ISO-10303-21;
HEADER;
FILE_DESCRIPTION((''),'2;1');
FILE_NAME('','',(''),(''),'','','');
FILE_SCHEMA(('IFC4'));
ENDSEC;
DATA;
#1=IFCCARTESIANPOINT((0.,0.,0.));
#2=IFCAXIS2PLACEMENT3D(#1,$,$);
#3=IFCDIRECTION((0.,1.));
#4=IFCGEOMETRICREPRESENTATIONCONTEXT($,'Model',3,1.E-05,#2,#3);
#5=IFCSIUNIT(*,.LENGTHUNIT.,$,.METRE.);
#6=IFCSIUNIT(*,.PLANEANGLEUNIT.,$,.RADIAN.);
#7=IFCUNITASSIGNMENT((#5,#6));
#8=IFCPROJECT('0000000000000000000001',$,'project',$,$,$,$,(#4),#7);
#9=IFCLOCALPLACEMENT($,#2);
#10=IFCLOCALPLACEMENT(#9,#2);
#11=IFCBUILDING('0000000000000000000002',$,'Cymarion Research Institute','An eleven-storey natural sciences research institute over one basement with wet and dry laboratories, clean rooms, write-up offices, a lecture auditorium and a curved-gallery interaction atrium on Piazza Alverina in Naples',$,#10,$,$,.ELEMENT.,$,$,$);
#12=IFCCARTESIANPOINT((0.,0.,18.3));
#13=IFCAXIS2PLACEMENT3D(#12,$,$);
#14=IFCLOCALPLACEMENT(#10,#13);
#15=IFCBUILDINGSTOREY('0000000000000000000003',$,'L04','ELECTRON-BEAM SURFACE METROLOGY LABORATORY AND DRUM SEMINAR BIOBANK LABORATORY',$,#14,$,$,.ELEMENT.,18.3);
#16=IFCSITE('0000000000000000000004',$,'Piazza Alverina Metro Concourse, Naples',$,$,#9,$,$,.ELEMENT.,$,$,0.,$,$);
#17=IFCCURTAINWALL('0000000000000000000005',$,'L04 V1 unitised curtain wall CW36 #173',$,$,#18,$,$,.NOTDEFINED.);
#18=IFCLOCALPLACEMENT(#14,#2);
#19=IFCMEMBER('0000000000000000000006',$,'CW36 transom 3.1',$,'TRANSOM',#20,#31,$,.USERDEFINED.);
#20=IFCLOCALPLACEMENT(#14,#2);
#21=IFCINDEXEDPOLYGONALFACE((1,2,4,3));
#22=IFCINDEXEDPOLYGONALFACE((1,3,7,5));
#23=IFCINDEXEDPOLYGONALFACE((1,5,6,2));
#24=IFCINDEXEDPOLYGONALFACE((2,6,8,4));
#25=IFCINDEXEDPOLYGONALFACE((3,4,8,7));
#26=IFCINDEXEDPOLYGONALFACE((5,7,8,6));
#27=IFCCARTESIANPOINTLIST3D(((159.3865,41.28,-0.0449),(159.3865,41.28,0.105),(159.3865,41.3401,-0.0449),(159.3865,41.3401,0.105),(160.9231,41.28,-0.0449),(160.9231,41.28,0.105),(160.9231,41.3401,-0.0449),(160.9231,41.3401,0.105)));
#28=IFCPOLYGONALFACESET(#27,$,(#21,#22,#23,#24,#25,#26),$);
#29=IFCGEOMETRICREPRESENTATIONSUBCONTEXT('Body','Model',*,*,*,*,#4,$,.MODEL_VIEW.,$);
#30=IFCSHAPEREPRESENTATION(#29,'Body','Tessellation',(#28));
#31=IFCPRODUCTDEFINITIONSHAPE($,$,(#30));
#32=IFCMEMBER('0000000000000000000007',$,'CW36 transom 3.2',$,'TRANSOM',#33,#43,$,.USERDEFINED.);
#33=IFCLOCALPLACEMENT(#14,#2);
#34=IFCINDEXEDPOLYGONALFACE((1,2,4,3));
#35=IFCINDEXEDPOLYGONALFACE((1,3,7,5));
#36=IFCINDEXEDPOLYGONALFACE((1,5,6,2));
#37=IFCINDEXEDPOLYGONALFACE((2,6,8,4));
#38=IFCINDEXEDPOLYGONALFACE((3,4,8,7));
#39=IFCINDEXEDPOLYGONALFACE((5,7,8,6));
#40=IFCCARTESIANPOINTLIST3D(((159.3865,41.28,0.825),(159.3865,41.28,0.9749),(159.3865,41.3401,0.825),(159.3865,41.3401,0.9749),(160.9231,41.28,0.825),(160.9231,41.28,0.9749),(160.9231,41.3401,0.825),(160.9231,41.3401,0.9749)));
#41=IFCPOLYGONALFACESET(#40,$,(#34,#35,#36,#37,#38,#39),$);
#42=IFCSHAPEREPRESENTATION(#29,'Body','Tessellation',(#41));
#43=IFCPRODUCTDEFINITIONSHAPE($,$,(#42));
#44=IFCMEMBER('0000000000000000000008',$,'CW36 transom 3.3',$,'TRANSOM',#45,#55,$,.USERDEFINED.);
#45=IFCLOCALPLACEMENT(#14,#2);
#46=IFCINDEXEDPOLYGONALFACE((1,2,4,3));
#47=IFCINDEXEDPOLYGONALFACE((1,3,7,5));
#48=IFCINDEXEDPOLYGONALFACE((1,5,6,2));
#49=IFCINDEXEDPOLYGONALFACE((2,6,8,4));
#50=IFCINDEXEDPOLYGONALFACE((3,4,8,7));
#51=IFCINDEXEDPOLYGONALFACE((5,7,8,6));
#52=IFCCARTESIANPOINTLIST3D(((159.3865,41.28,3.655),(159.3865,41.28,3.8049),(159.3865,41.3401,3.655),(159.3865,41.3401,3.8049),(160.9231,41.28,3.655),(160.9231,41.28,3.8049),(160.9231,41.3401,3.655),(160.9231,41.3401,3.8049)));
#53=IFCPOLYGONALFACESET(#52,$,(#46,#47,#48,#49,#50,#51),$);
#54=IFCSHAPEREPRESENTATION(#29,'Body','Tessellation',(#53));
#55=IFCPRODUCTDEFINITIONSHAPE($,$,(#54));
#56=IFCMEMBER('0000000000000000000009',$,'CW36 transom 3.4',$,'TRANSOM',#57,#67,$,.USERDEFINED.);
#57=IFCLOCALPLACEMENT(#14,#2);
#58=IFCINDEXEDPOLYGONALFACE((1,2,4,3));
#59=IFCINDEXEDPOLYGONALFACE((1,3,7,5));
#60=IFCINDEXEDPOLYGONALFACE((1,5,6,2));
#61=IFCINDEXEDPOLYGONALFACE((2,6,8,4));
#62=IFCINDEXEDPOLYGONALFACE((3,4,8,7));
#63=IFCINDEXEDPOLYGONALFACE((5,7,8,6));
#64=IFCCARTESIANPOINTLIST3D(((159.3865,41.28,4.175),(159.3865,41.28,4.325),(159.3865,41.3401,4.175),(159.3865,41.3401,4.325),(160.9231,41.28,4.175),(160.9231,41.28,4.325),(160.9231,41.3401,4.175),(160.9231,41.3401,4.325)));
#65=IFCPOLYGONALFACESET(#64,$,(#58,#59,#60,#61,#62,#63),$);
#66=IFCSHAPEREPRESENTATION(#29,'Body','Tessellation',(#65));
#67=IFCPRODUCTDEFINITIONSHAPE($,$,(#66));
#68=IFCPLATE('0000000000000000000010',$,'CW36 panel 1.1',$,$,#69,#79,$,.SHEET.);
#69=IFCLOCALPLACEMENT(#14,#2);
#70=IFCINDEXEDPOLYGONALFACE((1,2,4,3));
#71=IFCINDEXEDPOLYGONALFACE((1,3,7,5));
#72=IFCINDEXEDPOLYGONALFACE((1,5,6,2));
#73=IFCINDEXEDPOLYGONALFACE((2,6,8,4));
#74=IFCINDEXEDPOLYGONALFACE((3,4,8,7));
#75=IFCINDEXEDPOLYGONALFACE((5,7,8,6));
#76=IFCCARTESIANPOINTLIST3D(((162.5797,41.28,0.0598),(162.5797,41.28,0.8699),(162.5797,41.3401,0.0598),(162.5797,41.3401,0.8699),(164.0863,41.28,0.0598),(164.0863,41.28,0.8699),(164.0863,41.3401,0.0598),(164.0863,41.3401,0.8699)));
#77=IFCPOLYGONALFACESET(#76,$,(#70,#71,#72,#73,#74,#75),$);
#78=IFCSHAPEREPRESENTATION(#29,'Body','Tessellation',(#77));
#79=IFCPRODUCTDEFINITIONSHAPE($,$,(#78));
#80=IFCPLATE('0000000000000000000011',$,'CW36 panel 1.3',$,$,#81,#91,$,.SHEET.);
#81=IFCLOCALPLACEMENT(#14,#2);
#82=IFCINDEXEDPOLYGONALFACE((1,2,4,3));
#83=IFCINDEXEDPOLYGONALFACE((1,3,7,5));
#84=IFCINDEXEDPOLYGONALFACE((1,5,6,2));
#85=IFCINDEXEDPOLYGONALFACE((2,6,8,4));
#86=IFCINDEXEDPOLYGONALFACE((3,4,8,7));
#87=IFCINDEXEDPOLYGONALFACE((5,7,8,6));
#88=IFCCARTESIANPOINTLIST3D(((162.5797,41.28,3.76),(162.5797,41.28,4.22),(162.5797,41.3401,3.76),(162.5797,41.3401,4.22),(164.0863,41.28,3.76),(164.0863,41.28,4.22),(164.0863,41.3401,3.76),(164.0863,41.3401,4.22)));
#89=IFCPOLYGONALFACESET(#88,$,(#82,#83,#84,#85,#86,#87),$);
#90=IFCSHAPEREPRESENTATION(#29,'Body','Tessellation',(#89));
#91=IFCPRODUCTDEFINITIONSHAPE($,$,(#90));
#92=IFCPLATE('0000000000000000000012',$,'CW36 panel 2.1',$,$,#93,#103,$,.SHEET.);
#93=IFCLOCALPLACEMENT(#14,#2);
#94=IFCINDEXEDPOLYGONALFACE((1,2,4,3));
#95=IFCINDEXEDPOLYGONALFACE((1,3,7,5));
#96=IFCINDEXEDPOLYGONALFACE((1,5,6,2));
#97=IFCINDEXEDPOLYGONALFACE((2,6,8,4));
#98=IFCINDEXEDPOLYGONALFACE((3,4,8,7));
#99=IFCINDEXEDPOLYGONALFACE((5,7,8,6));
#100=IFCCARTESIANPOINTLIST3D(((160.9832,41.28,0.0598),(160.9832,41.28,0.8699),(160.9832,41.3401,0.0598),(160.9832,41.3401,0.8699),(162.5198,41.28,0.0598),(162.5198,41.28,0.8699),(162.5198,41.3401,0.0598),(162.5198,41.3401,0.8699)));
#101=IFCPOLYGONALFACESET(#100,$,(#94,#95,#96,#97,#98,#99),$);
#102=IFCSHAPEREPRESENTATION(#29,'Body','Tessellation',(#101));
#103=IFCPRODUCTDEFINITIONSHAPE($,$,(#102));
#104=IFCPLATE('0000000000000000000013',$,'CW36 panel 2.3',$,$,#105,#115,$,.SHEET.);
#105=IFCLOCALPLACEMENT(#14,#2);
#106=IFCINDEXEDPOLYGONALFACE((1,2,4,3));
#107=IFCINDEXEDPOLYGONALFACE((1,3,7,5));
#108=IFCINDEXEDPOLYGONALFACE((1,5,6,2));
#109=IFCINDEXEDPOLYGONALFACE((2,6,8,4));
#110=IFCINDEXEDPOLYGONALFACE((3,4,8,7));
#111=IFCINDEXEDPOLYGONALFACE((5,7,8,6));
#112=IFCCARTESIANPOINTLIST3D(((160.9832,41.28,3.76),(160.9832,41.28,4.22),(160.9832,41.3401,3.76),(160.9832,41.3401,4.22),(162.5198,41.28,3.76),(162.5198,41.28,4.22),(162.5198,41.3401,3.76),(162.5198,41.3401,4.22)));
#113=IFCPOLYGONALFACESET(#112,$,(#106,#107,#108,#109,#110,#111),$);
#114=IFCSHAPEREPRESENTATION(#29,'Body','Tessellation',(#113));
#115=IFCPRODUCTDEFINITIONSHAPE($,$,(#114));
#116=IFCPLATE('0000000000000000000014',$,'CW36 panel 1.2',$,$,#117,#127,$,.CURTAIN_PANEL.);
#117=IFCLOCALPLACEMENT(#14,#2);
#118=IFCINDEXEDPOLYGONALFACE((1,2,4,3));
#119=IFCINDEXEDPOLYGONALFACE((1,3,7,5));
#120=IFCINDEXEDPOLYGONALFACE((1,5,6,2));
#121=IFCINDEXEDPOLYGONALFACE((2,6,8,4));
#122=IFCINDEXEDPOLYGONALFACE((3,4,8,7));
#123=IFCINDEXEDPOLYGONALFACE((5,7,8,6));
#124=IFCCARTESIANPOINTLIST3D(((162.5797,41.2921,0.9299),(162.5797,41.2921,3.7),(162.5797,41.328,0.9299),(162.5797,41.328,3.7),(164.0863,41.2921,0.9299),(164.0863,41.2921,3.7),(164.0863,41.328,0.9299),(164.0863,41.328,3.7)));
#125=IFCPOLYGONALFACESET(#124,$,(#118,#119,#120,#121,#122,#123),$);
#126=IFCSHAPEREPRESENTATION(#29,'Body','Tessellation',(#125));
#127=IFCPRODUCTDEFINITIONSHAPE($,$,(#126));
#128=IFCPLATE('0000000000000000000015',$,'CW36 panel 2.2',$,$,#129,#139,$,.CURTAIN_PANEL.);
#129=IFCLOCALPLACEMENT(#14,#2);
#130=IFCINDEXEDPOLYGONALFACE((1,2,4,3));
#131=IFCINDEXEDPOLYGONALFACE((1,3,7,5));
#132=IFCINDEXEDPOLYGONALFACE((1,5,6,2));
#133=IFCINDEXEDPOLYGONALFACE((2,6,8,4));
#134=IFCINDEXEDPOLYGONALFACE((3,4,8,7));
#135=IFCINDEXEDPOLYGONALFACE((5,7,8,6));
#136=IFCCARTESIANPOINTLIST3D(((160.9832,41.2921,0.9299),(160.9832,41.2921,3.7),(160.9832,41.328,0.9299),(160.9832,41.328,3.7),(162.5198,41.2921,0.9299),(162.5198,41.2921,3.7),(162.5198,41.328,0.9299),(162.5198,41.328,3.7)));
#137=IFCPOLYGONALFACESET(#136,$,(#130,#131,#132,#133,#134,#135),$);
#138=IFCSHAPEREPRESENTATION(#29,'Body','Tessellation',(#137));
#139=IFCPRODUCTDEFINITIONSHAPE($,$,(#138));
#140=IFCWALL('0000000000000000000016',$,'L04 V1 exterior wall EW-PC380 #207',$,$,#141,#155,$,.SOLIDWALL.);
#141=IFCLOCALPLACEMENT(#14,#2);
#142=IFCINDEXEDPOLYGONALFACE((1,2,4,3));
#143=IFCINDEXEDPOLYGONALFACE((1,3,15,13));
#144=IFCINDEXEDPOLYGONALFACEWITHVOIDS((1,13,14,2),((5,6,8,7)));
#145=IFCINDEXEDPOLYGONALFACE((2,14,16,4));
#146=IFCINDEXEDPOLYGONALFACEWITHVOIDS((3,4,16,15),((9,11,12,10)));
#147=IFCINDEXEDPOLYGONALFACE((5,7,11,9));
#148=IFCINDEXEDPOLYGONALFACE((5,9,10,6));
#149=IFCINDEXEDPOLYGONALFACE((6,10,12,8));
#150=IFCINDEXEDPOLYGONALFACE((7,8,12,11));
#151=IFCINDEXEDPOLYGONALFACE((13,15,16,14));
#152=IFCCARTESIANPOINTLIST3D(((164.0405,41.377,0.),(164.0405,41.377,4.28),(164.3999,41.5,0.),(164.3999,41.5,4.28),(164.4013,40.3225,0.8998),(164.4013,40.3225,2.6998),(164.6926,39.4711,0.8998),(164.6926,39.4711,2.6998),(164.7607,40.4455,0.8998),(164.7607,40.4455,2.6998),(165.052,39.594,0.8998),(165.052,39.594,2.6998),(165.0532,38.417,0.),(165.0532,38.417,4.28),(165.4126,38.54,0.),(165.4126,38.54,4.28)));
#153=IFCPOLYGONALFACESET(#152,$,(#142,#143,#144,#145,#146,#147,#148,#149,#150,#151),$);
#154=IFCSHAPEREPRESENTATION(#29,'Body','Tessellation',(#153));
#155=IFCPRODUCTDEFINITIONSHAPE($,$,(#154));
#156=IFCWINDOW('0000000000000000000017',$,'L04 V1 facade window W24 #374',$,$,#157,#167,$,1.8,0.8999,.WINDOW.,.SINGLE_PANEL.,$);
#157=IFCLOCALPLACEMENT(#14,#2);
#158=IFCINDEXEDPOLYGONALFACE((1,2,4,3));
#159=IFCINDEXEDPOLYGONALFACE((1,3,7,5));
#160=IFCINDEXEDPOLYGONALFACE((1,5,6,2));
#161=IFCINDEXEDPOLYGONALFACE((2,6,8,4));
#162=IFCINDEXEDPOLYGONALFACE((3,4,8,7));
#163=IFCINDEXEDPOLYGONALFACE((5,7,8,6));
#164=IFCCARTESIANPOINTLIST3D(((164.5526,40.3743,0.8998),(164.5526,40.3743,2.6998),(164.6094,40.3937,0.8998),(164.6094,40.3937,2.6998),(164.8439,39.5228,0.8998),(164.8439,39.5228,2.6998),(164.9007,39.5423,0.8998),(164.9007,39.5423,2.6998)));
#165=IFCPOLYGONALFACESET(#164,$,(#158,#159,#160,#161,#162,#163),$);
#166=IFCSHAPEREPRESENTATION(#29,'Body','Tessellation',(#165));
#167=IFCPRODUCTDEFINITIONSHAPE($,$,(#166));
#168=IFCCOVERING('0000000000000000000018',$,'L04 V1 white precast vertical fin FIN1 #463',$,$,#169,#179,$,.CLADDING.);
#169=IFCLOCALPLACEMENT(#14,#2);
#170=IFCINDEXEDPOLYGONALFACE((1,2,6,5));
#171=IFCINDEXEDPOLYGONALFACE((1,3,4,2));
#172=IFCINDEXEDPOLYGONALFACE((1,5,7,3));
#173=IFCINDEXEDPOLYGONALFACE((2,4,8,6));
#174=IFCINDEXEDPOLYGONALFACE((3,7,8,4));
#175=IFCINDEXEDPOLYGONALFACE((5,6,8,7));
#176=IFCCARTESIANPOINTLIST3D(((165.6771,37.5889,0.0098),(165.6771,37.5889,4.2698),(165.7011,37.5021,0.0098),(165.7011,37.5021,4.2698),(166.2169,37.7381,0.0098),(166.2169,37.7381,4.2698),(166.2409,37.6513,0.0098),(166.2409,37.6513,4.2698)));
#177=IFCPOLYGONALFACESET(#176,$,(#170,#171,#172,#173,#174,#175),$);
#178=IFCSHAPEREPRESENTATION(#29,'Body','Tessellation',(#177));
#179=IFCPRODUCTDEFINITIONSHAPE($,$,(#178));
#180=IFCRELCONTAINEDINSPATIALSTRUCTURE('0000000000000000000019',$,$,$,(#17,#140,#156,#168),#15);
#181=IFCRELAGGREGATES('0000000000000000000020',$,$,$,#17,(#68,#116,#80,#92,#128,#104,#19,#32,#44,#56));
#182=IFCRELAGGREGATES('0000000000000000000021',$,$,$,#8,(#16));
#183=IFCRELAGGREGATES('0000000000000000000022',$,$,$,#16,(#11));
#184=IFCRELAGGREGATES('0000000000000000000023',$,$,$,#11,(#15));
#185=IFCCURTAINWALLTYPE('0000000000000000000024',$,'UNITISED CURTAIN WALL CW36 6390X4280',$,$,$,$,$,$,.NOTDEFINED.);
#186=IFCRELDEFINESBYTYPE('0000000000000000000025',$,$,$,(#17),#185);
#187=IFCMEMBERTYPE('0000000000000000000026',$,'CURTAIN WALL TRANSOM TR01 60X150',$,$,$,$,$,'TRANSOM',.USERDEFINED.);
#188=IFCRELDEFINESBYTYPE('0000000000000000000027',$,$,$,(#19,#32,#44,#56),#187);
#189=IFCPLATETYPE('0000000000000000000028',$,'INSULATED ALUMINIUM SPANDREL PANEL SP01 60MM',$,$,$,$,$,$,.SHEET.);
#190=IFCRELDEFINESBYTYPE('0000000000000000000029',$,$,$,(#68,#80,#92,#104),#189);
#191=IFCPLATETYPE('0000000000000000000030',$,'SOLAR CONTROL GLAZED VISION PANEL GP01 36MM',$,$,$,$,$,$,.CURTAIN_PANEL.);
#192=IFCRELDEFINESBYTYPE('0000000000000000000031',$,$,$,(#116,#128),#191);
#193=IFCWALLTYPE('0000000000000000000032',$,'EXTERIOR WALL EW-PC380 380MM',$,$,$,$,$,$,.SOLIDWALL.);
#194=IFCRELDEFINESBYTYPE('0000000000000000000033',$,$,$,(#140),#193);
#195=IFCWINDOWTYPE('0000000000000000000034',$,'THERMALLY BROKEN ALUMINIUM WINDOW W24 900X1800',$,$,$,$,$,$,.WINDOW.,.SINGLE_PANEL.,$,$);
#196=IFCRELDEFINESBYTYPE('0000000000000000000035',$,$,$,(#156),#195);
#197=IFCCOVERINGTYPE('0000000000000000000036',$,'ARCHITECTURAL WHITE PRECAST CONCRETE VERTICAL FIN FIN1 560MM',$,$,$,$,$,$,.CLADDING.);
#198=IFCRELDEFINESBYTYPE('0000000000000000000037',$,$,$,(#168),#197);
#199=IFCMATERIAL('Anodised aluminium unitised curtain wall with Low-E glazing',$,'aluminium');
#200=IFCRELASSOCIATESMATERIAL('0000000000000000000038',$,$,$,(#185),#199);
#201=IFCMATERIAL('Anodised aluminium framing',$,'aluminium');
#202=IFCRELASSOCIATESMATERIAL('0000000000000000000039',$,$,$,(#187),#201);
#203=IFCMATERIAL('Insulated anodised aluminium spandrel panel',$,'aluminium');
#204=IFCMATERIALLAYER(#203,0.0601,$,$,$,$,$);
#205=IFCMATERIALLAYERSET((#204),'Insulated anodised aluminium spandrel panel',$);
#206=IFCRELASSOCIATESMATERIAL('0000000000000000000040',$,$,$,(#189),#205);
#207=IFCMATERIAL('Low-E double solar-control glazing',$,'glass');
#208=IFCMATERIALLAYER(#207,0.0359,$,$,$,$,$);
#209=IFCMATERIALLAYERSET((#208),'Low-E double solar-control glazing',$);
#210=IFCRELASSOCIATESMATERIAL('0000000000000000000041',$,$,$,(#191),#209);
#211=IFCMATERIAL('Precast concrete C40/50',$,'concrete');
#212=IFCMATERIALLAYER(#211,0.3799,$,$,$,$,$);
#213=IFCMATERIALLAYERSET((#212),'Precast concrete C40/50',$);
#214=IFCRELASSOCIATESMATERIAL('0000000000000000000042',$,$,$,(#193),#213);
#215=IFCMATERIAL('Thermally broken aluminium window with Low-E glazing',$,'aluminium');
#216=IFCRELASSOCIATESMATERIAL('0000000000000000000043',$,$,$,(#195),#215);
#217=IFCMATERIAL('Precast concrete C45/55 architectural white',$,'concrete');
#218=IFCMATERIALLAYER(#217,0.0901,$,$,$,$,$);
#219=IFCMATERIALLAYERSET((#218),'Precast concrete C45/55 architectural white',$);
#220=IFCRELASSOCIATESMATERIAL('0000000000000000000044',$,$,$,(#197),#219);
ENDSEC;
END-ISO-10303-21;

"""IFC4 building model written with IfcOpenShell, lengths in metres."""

from ifc_helpers import new_model, si_unit, direction, frame, frame_2d, origin, origin_2d, place, context, subcontext, project, spatial, rectangle, extrude, material, layer, layer_set, material_profile, profile_set, type_object, element, fill, aggregate, save


model = new_model("IFC4")

# Units and contexts
model_context = context("Model", 3, precision=1e-05, world=origin(), true_north=direction((0.0, 1.0)))
body_context = subcontext(model_context, "Body", "Model", "MODEL_VIEW")
ifc_project = project(units=[si_unit("LENGTHUNIT", "METRE"), si_unit("PLANEANGLEUNIT", "RADIAN")], contexts=[model_context])

# Site, building, storey
site_placement = place(None, origin())
site = spatial("IfcSite", under=ifc_project, at=site_placement, Name="Piazza Alverina Metro Concourse, Naples", CompositionType="ELEMENT", RefElevation=0.0)
building_placement = place(site_placement, origin())
building = spatial("IfcBuilding", under=site, at=building_placement, Name="Cymarion Research Institute", Description="An eleven-storey natural sciences research institute over one basement with wet and dry laboratories, clean rooms, write-up offices, a lecture auditorium and a curved-gallery interaction atrium on Piazza Alverina in Naples", CompositionType="ELEMENT")
storey_placement = place(building_placement, frame((0.0, 0.0, 18.3)))
storey = spatial("IfcBuildingStorey", under=building, at=storey_placement, Name="L04", Description="ELECTRON-BEAM SURFACE METROLOGY LABORATORY AND DRUM SEMINAR BIOBANK LABORATORY", CompositionType="ELEMENT", Elevation=18.3)

# Curtain wall, members, plates
ifc_material_1 = material(Name="Anodised aluminium unitised curtain wall with Low-E glazing", Category="aluminium")
curtain_wall_type = type_object("IfcCurtainWallType", Name="UNITISED CURTAIN WALL CW36 6390X4280", PredefinedType="NOTDEFINED", material=ifc_material_1)
curtain_wall_placement = place(storey_placement, origin())
curtain_wall = element("IfcCurtainWall", 1, at=curtain_wall_placement, inside=storey, type_object=curtain_wall_type, Name="L04 V1 unitised curtain wall CW36 #173", PredefinedType="NOTDEFINED")
ifc_material_2 = material(Name="Anodised aluminium framing", Category="aluminium")
ifc_material_profile_1 = material_profile(ifc_material_2, rectangle(XDim=0.0601, YDim=0.1499, at=origin_2d()), Name="ALU TRANSOM 60x150")
ifc_profile_set_1 = profile_set([ifc_material_profile_1], Name="Anodised aluminium framing")
member_type_1 = type_object("IfcMemberType", Name="CURTAIN WALL TRANSOM TR01 60X150", ElementType="TRANSOM", PredefinedType="USERDEFINED", material=ifc_profile_set_1)
member_1_placement = place(storey_placement, frame((160.9231, 41.3101, 0.03), z_axis=(-1.0, 0.0, 0.0), x_axis=(0.0, -1.0, 0.0)))
member_1 = element("IfcMember", 2, at=member_1_placement, type_object=member_type_1, Name="CW36 transom 3.1", ObjectType="TRANSOM", PredefinedType="USERDEFINED", context=body_context, shape_type="SweptSolid", body=[
    extrude(rectangle(XDim=0.0601, YDim=0.1499, at=origin_2d()), origin(), (0.0, 0.0, 1.0), 1.5366),
])
member_2_placement = place(storey_placement, frame((160.9231, 41.3101, 0.8999), z_axis=(-1.0, 0.0, 0.0), x_axis=(0.0, -1.0, 0.0)))
member_2 = element("IfcMember", 3, at=member_2_placement, type_object=member_type_1, Name="CW36 transom 3.2", ObjectType="TRANSOM", PredefinedType="USERDEFINED", context=body_context, shape_type="SweptSolid", body=[
    extrude(rectangle(XDim=0.0601, YDim=0.1499, at=origin_2d()), origin(), (0.0, 0.0, 1.0), 1.5366),
])
member_3_placement = place(storey_placement, frame((160.9231, 41.3101, 3.73), z_axis=(-1.0, 0.0, 0.0), x_axis=(0.0, -1.0, 0.0)))
member_3 = element("IfcMember", 4, at=member_3_placement, type_object=member_type_1, Name="CW36 transom 3.3", ObjectType="TRANSOM", PredefinedType="USERDEFINED", context=body_context, shape_type="SweptSolid", body=[
    extrude(rectangle(XDim=0.0601, YDim=0.1499, at=origin_2d()), origin(), (0.0, 0.0, 1.0), 1.5366),
])
member_4_placement = place(storey_placement, frame((160.9231, 41.3101, 4.25), z_axis=(-1.0, 0.0, 0.0), x_axis=(0.0, -1.0, 0.0)))
member_4 = element("IfcMember", 5, at=member_4_placement, type_object=member_type_1, Name="CW36 transom 3.4", ObjectType="TRANSOM", PredefinedType="USERDEFINED", context=body_context, shape_type="SweptSolid", body=[
    extrude(rectangle(XDim=0.0601, YDim=0.1499, at=origin_2d()), origin(), (0.0, 0.0, 1.0), 1.5366),
])
ifc_material_3 = material(Name="Insulated anodised aluminium spandrel panel", Category="aluminium")
ifc_layer_1 = layer(ifc_material_3, 0.0601)
ifc_layer_set_1 = layer_set([ifc_layer_1], Name="Insulated anodised aluminium spandrel panel")
plate_type_1 = type_object("IfcPlateType", Name="INSULATED ALUMINIUM SPANDREL PANEL SP01 60MM", PredefinedType="SHEET", material=ifc_layer_set_1)
plate_1_placement = place(storey_placement, frame((163.333, 41.3101, 0.0598), z_axis=(0.0, 0.0, 1.0), x_axis=(-1.0, 0.0, 0.0)))
plate_1 = element("IfcPlate", 6, at=plate_1_placement, type_object=plate_type_1, Name="CW36 panel 1.1", PredefinedType="SHEET", context=body_context, shape_type="SweptSolid", body=[
    extrude(rectangle(XDim=1.5066, YDim=0.0601, at=origin_2d()), origin(), (0.0, 0.0, 1.0), 0.8101),
])
plate_2_placement = place(storey_placement, frame((163.333, 41.3101, 3.76), z_axis=(0.0, 0.0, 1.0), x_axis=(-1.0, 0.0, 0.0)))
plate_2 = element("IfcPlate", 7, at=plate_2_placement, type_object=plate_type_1, Name="CW36 panel 1.3", PredefinedType="SHEET", context=body_context, shape_type="SweptSolid", body=[
    extrude(rectangle(XDim=1.5066, YDim=0.0601, at=origin_2d()), origin(), (0.0, 0.0, 1.0), 0.46),
])
plate_3_placement = place(storey_placement, frame((161.7515, 41.3101, 0.0598), z_axis=(0.0, 0.0, 1.0), x_axis=(-1.0, 0.0, 0.0)))
plate_3 = element("IfcPlate", 8, at=plate_3_placement, type_object=plate_type_1, Name="CW36 panel 2.1", PredefinedType="SHEET", context=body_context, shape_type="SweptSolid", body=[
    extrude(rectangle(XDim=1.5366, YDim=0.0601, at=origin_2d()), origin(), (0.0, 0.0, 1.0), 0.8101),
])
plate_4_placement = place(storey_placement, frame((161.7515, 41.3101, 3.76), z_axis=(0.0, 0.0, 1.0), x_axis=(-1.0, 0.0, 0.0)))
plate_4 = element("IfcPlate", 9, at=plate_4_placement, type_object=plate_type_1, Name="CW36 panel 2.3", PredefinedType="SHEET", context=body_context, shape_type="SweptSolid", body=[
    extrude(rectangle(XDim=1.5366, YDim=0.0601, at=origin_2d()), origin(), (0.0, 0.0, 1.0), 0.46),
])
ifc_material_4 = material(Name="Low-E double solar-control glazing", Category="glass")
ifc_layer_2 = layer(ifc_material_4, 0.0359)
ifc_layer_set_2 = layer_set([ifc_layer_2], Name="Low-E double solar-control glazing")
plate_type_2 = type_object("IfcPlateType", Name="SOLAR CONTROL GLAZED VISION PANEL GP01 36MM", PredefinedType="CURTAIN_PANEL", material=ifc_layer_set_2)
plate_5_placement = place(storey_placement, frame((163.333, 41.3101, 0.9299), z_axis=(0.0, 0.0, 1.0), x_axis=(-1.0, 0.0, 0.0)))
plate_5 = element("IfcPlate", 10, at=plate_5_placement, type_object=plate_type_2, Name="CW36 panel 1.2", PredefinedType="CURTAIN_PANEL", context=body_context, shape_type="SweptSolid", body=[
    extrude(rectangle(XDim=1.5066, YDim=0.0359, at=origin_2d()), origin(), (0.0, 0.0, 1.0), 2.77),
])
plate_6_placement = place(storey_placement, frame((161.7515, 41.3101, 0.9299), z_axis=(0.0, 0.0, 1.0), x_axis=(-1.0, 0.0, 0.0)))
plate_6 = element("IfcPlate", 11, at=plate_6_placement, type_object=plate_type_2, Name="CW36 panel 2.2", PredefinedType="CURTAIN_PANEL", context=body_context, shape_type="SweptSolid", body=[
    extrude(rectangle(XDim=1.5366, YDim=0.0359, at=origin_2d()), origin(), (0.0, 0.0, 1.0), 2.77),
])
aggregate(curtain_wall, [plate_1, plate_5, plate_2, plate_3, plate_6, plate_4, member_1, member_2, member_3, member_4])

# Wall, opening, window
ifc_material_5 = material(Name="Precast concrete C40/50", Category="concrete")
ifc_layer_3 = layer(ifc_material_5, 0.3799)
ifc_layer_set_3 = layer_set([ifc_layer_3], Name="Precast concrete C40/50")
wall_type = type_object("IfcWallType", Name="EXTERIOR WALL EW-PC380 380MM", PredefinedType="SOLIDWALL", material=ifc_layer_set_3)
wall_placement = place(storey_placement, frame((165.2329, 38.4785, 0.0), z_axis=(0.0, 0.0, 1.0), x_axis=(-0.32371, 0.946156, 0.0)))
wall = element("IfcWall", 12, at=wall_placement, inside=storey, type_object=wall_type, Name="L04 V1 exterior wall EW-PC380 #207", PredefinedType="SOLIDWALL", context=body_context, shape_type="SweptSolid", body=[
    extrude(rectangle(XDim=3.1284, YDim=0.3799, at=frame_2d((1.5642, 0.0))), origin(), (0.0, 0.0, 1.0), 4.28),
])
opening_placement = place(wall_placement, frame((1.114, 0.0, 0.8999)))
opening = element("IfcOpeningElement", 13, at=opening_placement, cuts=wall, PredefinedType="OPENING", context=body_context, shape_type="SweptSolid", body=[
    extrude(rectangle(XDim=0.8999, YDim=1.8, at=frame_2d((0.45, 0.8999))), frame((0.0, 0.2, 0.0), z_axis=(0.0, -1.0, 0.0), x_axis=(1.0, 0.0, 0.0)), (0.0, 0.0, 1.0), 0.3999),
])
ifc_material_6 = material(Name="Thermally broken aluminium window with Low-E glazing", Category="aluminium")
window_type = type_object("IfcWindowType", Name="THERMALLY BROKEN ALUMINIUM WINDOW W24 900X1800", PartitioningType="SINGLE_PANEL", PredefinedType="WINDOW", material=ifc_material_6)
window_placement = place(opening_placement, origin())
window = element("IfcWindow", 14, at=window_placement, inside=storey, type_object=window_type, Name="L04 V1 facade window W24 #374", OverallHeight=1.8, OverallWidth=0.8999, PartitioningType="SINGLE_PANEL", PredefinedType="WINDOW", context=body_context, shape_type="SweptSolid", body=[
    extrude(rectangle(XDim=0.8999, YDim=1.8, at=frame_2d((0.45, 0.8999))), frame((0.0, 0.03, 0.0), z_axis=(0.0, -1.0, 0.0), x_axis=(1.0, 0.0, 0.0)), (0.0, 0.0, 1.0), 0.0601),
])
fill(opening, window)

# Covering
ifc_material_7 = material(Name="Precast concrete C45/55 architectural white", Category="concrete")
ifc_layer_4 = layer(ifc_material_7, 0.0901)
ifc_layer_set_4 = layer_set([ifc_layer_4], Name="Precast concrete C45/55 architectural white")
covering_type = type_object("IfcCoveringType", Name="ARCHITECTURAL WHITE PRECAST CONCRETE VERTICAL FIN FIN1 560MM", PredefinedType="CLADDING", material=ifc_layer_set_4)
for number, where, z_axis, x_axis, name in (
    (15, (165.959, 37.6201, 0.0098), (0.0, 0.0, 1.0), (0.963863, 0.266397, 0.0), "L04 V1 white precast vertical fin FIN1 #463"),
):
    element("IfcCovering", number, at=place(storey_placement, frame(where, z_axis=z_axis, x_axis=x_axis)), inside=storey, type_object=covering_type, Name=name, PredefinedType="CLADDING", context=body_context, shape_type="SweptSolid", body=[
        extrude(rectangle(XDim=0.5601, YDim=0.0901, at=origin_2d()), origin(), (0.0, 0.0, 1.0), 4.26),
    ])

save(model, "model.ifc")
